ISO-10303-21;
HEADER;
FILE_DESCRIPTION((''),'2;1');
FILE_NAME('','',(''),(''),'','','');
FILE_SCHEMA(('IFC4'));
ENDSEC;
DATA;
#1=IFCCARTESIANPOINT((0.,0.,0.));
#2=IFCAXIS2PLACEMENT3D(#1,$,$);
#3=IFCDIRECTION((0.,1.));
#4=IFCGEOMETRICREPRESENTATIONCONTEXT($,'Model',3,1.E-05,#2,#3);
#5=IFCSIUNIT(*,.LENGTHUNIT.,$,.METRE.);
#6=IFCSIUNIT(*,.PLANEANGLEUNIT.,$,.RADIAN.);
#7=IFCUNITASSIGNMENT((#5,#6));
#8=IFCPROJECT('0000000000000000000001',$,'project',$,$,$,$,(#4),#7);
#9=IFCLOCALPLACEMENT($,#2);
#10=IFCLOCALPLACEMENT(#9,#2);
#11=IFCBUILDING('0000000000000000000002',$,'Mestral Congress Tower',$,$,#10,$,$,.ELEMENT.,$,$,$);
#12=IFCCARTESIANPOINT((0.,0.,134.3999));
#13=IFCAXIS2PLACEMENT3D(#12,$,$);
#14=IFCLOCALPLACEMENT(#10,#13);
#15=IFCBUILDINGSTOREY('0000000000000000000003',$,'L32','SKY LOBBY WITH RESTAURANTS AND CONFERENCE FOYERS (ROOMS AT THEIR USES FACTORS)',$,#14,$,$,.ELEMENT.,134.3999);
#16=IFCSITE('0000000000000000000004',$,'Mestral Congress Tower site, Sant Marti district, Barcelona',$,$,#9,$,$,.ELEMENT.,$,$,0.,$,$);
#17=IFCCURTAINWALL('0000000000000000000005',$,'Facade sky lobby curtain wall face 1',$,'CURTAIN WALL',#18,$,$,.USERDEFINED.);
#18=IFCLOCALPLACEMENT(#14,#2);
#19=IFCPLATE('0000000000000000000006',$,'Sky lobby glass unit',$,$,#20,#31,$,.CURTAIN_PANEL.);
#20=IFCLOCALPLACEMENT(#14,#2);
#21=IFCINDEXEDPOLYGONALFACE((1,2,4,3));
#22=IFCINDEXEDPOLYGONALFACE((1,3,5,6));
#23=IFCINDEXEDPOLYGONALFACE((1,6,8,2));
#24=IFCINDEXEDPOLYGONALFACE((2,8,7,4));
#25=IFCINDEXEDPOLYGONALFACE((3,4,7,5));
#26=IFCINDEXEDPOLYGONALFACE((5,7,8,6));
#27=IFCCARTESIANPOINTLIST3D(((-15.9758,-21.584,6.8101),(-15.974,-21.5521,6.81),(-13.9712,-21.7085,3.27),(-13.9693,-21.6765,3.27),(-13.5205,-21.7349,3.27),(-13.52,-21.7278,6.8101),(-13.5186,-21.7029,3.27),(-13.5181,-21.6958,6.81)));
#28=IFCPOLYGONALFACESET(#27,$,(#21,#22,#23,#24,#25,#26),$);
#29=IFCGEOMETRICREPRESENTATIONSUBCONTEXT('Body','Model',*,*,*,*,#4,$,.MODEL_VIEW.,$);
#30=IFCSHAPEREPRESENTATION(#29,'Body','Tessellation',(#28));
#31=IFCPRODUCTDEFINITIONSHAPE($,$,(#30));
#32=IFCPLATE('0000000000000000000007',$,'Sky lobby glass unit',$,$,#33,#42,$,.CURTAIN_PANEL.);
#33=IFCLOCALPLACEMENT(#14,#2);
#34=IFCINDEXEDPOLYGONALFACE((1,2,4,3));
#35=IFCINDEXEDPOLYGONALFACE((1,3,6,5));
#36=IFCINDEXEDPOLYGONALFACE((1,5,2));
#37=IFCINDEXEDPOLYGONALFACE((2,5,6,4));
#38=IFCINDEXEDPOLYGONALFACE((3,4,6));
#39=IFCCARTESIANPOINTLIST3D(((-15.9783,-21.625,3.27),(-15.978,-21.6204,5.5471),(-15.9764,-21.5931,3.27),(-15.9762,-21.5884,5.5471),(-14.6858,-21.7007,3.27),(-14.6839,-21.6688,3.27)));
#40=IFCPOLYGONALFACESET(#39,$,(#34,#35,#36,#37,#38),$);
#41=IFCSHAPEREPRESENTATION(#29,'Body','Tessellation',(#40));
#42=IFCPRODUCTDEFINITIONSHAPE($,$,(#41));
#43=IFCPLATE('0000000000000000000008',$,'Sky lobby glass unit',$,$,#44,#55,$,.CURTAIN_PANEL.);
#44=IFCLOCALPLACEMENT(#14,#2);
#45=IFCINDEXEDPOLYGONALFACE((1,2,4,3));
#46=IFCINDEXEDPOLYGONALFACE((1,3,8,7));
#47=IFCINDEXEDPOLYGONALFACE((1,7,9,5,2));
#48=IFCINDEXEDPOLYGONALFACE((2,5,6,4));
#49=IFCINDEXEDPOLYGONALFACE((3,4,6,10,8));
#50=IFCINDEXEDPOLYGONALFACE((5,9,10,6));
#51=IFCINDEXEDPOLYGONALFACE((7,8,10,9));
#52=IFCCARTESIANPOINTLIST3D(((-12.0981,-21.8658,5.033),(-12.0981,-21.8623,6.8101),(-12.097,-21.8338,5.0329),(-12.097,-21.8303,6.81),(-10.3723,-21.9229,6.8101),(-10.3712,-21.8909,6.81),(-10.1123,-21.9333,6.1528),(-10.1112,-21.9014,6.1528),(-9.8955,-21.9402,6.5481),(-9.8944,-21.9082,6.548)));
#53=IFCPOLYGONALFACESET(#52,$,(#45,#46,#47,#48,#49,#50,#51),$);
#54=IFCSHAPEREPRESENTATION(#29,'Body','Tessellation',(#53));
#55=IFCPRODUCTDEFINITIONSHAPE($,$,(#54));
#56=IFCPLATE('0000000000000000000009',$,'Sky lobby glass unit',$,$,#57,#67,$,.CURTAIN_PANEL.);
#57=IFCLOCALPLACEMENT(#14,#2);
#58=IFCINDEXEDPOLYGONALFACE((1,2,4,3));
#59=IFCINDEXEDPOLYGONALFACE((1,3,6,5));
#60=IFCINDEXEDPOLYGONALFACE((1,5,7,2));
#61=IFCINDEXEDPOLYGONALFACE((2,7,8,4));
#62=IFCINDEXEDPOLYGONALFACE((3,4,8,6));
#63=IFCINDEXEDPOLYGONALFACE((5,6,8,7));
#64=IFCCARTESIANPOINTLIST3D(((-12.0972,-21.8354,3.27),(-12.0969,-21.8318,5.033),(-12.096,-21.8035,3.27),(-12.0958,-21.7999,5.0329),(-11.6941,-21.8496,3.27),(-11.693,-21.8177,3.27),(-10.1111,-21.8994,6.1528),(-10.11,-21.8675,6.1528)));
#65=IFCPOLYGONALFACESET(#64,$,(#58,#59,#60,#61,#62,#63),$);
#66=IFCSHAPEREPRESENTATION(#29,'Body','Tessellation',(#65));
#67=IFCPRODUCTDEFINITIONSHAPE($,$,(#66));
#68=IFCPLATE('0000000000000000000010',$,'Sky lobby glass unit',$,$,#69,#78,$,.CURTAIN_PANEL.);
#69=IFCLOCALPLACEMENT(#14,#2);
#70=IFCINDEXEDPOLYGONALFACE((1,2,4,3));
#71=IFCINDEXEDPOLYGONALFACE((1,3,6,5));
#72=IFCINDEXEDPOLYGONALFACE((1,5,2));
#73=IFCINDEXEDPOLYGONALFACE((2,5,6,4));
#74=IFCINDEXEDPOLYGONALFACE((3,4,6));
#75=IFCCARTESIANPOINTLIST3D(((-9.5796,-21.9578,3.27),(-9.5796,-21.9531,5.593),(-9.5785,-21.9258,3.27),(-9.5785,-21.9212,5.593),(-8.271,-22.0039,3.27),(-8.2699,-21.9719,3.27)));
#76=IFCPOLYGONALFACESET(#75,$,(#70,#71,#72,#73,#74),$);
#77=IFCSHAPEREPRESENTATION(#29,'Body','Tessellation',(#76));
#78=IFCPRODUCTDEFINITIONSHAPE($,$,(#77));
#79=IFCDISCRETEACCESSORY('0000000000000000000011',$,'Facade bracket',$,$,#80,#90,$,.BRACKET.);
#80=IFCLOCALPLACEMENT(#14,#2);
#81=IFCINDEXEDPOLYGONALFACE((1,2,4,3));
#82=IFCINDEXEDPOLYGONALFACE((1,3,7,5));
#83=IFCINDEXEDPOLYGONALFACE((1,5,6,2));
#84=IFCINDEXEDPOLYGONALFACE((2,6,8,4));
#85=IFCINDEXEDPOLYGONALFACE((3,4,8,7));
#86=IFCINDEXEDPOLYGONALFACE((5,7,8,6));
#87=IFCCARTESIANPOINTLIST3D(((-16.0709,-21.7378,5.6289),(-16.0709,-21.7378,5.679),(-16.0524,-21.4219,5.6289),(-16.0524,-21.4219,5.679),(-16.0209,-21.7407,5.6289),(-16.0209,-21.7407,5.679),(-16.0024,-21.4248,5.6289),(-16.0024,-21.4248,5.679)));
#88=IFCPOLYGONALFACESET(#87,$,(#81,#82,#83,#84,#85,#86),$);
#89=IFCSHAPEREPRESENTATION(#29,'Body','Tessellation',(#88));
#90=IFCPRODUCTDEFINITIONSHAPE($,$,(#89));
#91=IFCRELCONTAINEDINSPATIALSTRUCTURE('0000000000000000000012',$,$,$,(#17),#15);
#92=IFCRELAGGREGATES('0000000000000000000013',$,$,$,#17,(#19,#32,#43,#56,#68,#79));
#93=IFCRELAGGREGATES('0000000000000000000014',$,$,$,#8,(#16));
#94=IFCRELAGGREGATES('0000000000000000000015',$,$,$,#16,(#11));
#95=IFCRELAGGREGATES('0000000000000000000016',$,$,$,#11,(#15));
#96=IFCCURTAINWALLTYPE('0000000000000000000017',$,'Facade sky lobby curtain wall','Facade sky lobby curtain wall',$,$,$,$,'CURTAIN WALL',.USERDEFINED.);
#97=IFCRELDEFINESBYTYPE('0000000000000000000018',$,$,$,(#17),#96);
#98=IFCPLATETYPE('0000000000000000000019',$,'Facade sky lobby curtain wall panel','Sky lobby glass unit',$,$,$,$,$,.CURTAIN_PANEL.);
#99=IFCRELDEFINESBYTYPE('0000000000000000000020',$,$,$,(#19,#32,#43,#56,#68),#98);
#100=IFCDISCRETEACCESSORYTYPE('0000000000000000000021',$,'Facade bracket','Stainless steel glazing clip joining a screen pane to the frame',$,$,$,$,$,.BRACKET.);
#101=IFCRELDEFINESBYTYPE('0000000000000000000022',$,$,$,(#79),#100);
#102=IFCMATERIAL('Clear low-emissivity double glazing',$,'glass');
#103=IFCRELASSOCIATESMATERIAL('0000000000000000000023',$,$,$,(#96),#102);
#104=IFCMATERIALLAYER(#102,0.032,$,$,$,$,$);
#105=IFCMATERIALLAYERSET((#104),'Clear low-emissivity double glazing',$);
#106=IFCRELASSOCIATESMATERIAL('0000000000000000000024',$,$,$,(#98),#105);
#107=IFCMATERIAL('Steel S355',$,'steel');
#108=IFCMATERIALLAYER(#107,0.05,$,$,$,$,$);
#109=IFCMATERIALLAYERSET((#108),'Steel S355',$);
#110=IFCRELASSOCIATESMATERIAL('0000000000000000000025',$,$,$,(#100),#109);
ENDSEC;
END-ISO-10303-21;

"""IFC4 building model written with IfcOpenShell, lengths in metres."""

from ifc_helpers import new_model, si_unit, direction, frame, origin, origin_2d, place, context, subcontext, project, spatial, polyline, rectangle, outline, extrude, material, layer, layer_set, type_object, element, aggregate, save


model = new_model("IFC4")

# Units and contexts
model_context = context("Model", 3, precision=1e-05, world=origin(), true_north=direction((0.0, 1.0)))
body_context = subcontext(model_context, "Body", "Model", "MODEL_VIEW")
ifc_project = project(units=[si_unit("LENGTHUNIT", "METRE"), si_unit("PLANEANGLEUNIT", "RADIAN")], contexts=[model_context])

# Site, building, storey
site_placement = place(None, origin())
site = spatial("IfcSite", under=ifc_project, at=site_placement, Name="Mestral Congress Tower site, Sant Marti district, Barcelona", CompositionType="ELEMENT", RefElevation=0.0)
building_placement = place(site_placement, origin())
building = spatial("IfcBuilding", under=site, at=building_placement, Name="Mestral Congress Tower", CompositionType="ELEMENT")
storey_placement = place(building_placement, frame((0.0, 0.0, 134.3999)))
storey = spatial("IfcBuildingStorey", under=building, at=storey_placement, Name="L32", Description="SKY LOBBY WITH RESTAURANTS AND CONFERENCE FOYERS (ROOMS AT THEIR USES FACTORS)", CompositionType="ELEMENT", Elevation=134.3999)

# Shared definitions
ifc_material_1 = material(Name="Steel S355", Category="steel")

# Curtain wall
ifc_material_2 = material(Name="Clear low-emissivity double glazing", Category="glass")
curtain_wall_type = type_object("IfcCurtainWallType", Name="Facade sky lobby curtain wall", Description="Facade sky lobby curtain wall", ElementType="CURTAIN WALL", PredefinedType="USERDEFINED", material=ifc_material_2)
curtain_wall_placement = place(storey_placement, origin())
curtain_wall = element("IfcCurtainWall", 1, at=curtain_wall_placement, inside=storey, type_object=curtain_wall_type, Name="Facade sky lobby curtain wall face 1", ObjectType="CURTAIN WALL", PredefinedType="USERDEFINED")

# Plates
ifc_layer_1 = layer(ifc_material_2, 0.032)
ifc_layer_set_1 = layer_set([ifc_layer_1], Name="Clear low-emissivity double glazing")
plate_type_1 = type_object("IfcPlateType", Name="Facade sky lobby curtain wall panel", Description="Sky lobby glass unit", PredefinedType="CURTAIN_PANEL", material=ifc_layer_set_1)
plate_1_placement = place(storey_placement, frame((-15.9758, -21.584, 6.8101), z_axis=(-0.058447, -0.998289, 0.00201), x_axis=(0.998291, -0.058447, 0.0)))
plate_1 = element("IfcPlate", 2, at=plate_1_placement, type_object=plate_type_1, Name="Sky lobby glass unit", PredefinedType="CURTAIN_PANEL", context=body_context, shape_type="SweptSolid", body=[
    extrude(outline(polyline([(0.0, 0.0), (2.46, 0.0), (2.4599, -3.54), (2.0085, -3.54), (0.0, 0.0)])), origin(), (0.0, 0.0, -1.0), 0.032),
])
plate_2_placement = place(storey_placement, frame((-15.9783, -21.625, 3.27), z_axis=(-0.058457, -0.998288, 0.00204), x_axis=(0.000107, 0.002037, 0.999998)))
plate_2 = element("IfcPlate", 3, at=plate_2_placement, type_object=plate_type_1, Name="Sky lobby glass unit", PredefinedType="CURTAIN_PANEL", context=body_context, shape_type="SweptSolid", body=[
    extrude(outline(polyline([(0.0, 0.0), (2.2771, 0.0), (0.0, -1.2947), (0.0, 0.0)])), origin(), (0.0, 0.0, -1.0), 0.032),
])
plate_3_placement = place(storey_placement, frame((-12.0981, -21.8623, 6.8101), z_axis=(-0.03509, -0.999382, 0.001956), x_axis=(0.999384, -0.03509, 0.0)))
plate_3 = element("IfcPlate", 4, at=plate_3_placement, type_object=plate_type_1, Name="Sky lobby glass unit", PredefinedType="CURTAIN_PANEL", context=body_context, shape_type="SweptSolid", body=[
    extrude(outline(polyline([(0.0, 0.0), (1.7269, 0.0), (2.204, -0.262), (1.9871, -0.6572), (0.0001, -1.7771), (0.0, 0.0)])), origin(), (0.0, 0.0, -1.0), 0.032),
])
plate_4_placement = place(storey_placement, frame((-10.1111, -21.8994, 6.1528), z_axis=(-0.035182, -0.999379, 0.002064), x_axis=(-0.481271, 0.015133, -0.876441)))
plate_4 = element("IfcPlate", 5, at=plate_4_placement, type_object=plate_type_1, Name="Sky lobby glass unit", PredefinedType="CURTAIN_PANEL", context=body_context, shape_type="SweptSolid", body=[
    extrude(outline(polyline([(0.0, 0.0), (3.2892, 0.0), (3.4834, -0.3535), (1.9383, -1.2023), (0.0, 0.0)])), origin(), (0.0, 0.0, -1.0), 0.032),
])
plate_5_placement = place(storey_placement, frame((-9.5796, -21.9578, 3.27), z_axis=(-0.035239, -0.999377, 0.001996), x_axis=(0.0, 0.001997, 0.999998)))
plate_5 = element("IfcPlate", 6, at=plate_5_placement, type_object=plate_type_1, Name="Sky lobby glass unit", PredefinedType="CURTAIN_PANEL", context=body_context, shape_type="SweptSolid", body=[
    extrude(outline(polyline([(0.0, 0.0), (2.323, 0.0), (-0.0001, -1.3094), (0.0, 0.0)])), origin(), (0.0, 0.0, -1.0), 0.032),
])

# Discrete accessory
ifc_layer_2 = layer(ifc_material_1, 0.05)
ifc_layer_set_2 = layer_set([ifc_layer_2], Name="Steel S355")
discrete_accessory_type = type_object("IfcDiscreteAccessoryType", Name="Facade bracket", Description="Stainless steel glazing clip joining a screen pane to the frame", PredefinedType="BRACKET", material=ifc_layer_set_2)
discrete_accessory_placement = place(storey_placement, frame((-16.0366, -21.5813, 5.6289), z_axis=(0.0, 0.0, 1.0), x_axis=(0.998288, -0.058486, 0.0)))
discrete_accessory = element("IfcDiscreteAccessory", 7, at=discrete_accessory_placement, type_object=discrete_accessory_type, Name="Facade bracket", PredefinedType="BRACKET", context=body_context, shape_type="SweptSolid", body=[
    extrude(rectangle(XDim=0.05, YDim=0.3164, at=origin_2d()), origin(), (0.0, 0.0, 1.0), 0.05),
])
aggregate(curtain_wall, [plate_1, plate_2, plate_3, plate_4, plate_5, discrete_accessory])

save(model, "model.ifc")
